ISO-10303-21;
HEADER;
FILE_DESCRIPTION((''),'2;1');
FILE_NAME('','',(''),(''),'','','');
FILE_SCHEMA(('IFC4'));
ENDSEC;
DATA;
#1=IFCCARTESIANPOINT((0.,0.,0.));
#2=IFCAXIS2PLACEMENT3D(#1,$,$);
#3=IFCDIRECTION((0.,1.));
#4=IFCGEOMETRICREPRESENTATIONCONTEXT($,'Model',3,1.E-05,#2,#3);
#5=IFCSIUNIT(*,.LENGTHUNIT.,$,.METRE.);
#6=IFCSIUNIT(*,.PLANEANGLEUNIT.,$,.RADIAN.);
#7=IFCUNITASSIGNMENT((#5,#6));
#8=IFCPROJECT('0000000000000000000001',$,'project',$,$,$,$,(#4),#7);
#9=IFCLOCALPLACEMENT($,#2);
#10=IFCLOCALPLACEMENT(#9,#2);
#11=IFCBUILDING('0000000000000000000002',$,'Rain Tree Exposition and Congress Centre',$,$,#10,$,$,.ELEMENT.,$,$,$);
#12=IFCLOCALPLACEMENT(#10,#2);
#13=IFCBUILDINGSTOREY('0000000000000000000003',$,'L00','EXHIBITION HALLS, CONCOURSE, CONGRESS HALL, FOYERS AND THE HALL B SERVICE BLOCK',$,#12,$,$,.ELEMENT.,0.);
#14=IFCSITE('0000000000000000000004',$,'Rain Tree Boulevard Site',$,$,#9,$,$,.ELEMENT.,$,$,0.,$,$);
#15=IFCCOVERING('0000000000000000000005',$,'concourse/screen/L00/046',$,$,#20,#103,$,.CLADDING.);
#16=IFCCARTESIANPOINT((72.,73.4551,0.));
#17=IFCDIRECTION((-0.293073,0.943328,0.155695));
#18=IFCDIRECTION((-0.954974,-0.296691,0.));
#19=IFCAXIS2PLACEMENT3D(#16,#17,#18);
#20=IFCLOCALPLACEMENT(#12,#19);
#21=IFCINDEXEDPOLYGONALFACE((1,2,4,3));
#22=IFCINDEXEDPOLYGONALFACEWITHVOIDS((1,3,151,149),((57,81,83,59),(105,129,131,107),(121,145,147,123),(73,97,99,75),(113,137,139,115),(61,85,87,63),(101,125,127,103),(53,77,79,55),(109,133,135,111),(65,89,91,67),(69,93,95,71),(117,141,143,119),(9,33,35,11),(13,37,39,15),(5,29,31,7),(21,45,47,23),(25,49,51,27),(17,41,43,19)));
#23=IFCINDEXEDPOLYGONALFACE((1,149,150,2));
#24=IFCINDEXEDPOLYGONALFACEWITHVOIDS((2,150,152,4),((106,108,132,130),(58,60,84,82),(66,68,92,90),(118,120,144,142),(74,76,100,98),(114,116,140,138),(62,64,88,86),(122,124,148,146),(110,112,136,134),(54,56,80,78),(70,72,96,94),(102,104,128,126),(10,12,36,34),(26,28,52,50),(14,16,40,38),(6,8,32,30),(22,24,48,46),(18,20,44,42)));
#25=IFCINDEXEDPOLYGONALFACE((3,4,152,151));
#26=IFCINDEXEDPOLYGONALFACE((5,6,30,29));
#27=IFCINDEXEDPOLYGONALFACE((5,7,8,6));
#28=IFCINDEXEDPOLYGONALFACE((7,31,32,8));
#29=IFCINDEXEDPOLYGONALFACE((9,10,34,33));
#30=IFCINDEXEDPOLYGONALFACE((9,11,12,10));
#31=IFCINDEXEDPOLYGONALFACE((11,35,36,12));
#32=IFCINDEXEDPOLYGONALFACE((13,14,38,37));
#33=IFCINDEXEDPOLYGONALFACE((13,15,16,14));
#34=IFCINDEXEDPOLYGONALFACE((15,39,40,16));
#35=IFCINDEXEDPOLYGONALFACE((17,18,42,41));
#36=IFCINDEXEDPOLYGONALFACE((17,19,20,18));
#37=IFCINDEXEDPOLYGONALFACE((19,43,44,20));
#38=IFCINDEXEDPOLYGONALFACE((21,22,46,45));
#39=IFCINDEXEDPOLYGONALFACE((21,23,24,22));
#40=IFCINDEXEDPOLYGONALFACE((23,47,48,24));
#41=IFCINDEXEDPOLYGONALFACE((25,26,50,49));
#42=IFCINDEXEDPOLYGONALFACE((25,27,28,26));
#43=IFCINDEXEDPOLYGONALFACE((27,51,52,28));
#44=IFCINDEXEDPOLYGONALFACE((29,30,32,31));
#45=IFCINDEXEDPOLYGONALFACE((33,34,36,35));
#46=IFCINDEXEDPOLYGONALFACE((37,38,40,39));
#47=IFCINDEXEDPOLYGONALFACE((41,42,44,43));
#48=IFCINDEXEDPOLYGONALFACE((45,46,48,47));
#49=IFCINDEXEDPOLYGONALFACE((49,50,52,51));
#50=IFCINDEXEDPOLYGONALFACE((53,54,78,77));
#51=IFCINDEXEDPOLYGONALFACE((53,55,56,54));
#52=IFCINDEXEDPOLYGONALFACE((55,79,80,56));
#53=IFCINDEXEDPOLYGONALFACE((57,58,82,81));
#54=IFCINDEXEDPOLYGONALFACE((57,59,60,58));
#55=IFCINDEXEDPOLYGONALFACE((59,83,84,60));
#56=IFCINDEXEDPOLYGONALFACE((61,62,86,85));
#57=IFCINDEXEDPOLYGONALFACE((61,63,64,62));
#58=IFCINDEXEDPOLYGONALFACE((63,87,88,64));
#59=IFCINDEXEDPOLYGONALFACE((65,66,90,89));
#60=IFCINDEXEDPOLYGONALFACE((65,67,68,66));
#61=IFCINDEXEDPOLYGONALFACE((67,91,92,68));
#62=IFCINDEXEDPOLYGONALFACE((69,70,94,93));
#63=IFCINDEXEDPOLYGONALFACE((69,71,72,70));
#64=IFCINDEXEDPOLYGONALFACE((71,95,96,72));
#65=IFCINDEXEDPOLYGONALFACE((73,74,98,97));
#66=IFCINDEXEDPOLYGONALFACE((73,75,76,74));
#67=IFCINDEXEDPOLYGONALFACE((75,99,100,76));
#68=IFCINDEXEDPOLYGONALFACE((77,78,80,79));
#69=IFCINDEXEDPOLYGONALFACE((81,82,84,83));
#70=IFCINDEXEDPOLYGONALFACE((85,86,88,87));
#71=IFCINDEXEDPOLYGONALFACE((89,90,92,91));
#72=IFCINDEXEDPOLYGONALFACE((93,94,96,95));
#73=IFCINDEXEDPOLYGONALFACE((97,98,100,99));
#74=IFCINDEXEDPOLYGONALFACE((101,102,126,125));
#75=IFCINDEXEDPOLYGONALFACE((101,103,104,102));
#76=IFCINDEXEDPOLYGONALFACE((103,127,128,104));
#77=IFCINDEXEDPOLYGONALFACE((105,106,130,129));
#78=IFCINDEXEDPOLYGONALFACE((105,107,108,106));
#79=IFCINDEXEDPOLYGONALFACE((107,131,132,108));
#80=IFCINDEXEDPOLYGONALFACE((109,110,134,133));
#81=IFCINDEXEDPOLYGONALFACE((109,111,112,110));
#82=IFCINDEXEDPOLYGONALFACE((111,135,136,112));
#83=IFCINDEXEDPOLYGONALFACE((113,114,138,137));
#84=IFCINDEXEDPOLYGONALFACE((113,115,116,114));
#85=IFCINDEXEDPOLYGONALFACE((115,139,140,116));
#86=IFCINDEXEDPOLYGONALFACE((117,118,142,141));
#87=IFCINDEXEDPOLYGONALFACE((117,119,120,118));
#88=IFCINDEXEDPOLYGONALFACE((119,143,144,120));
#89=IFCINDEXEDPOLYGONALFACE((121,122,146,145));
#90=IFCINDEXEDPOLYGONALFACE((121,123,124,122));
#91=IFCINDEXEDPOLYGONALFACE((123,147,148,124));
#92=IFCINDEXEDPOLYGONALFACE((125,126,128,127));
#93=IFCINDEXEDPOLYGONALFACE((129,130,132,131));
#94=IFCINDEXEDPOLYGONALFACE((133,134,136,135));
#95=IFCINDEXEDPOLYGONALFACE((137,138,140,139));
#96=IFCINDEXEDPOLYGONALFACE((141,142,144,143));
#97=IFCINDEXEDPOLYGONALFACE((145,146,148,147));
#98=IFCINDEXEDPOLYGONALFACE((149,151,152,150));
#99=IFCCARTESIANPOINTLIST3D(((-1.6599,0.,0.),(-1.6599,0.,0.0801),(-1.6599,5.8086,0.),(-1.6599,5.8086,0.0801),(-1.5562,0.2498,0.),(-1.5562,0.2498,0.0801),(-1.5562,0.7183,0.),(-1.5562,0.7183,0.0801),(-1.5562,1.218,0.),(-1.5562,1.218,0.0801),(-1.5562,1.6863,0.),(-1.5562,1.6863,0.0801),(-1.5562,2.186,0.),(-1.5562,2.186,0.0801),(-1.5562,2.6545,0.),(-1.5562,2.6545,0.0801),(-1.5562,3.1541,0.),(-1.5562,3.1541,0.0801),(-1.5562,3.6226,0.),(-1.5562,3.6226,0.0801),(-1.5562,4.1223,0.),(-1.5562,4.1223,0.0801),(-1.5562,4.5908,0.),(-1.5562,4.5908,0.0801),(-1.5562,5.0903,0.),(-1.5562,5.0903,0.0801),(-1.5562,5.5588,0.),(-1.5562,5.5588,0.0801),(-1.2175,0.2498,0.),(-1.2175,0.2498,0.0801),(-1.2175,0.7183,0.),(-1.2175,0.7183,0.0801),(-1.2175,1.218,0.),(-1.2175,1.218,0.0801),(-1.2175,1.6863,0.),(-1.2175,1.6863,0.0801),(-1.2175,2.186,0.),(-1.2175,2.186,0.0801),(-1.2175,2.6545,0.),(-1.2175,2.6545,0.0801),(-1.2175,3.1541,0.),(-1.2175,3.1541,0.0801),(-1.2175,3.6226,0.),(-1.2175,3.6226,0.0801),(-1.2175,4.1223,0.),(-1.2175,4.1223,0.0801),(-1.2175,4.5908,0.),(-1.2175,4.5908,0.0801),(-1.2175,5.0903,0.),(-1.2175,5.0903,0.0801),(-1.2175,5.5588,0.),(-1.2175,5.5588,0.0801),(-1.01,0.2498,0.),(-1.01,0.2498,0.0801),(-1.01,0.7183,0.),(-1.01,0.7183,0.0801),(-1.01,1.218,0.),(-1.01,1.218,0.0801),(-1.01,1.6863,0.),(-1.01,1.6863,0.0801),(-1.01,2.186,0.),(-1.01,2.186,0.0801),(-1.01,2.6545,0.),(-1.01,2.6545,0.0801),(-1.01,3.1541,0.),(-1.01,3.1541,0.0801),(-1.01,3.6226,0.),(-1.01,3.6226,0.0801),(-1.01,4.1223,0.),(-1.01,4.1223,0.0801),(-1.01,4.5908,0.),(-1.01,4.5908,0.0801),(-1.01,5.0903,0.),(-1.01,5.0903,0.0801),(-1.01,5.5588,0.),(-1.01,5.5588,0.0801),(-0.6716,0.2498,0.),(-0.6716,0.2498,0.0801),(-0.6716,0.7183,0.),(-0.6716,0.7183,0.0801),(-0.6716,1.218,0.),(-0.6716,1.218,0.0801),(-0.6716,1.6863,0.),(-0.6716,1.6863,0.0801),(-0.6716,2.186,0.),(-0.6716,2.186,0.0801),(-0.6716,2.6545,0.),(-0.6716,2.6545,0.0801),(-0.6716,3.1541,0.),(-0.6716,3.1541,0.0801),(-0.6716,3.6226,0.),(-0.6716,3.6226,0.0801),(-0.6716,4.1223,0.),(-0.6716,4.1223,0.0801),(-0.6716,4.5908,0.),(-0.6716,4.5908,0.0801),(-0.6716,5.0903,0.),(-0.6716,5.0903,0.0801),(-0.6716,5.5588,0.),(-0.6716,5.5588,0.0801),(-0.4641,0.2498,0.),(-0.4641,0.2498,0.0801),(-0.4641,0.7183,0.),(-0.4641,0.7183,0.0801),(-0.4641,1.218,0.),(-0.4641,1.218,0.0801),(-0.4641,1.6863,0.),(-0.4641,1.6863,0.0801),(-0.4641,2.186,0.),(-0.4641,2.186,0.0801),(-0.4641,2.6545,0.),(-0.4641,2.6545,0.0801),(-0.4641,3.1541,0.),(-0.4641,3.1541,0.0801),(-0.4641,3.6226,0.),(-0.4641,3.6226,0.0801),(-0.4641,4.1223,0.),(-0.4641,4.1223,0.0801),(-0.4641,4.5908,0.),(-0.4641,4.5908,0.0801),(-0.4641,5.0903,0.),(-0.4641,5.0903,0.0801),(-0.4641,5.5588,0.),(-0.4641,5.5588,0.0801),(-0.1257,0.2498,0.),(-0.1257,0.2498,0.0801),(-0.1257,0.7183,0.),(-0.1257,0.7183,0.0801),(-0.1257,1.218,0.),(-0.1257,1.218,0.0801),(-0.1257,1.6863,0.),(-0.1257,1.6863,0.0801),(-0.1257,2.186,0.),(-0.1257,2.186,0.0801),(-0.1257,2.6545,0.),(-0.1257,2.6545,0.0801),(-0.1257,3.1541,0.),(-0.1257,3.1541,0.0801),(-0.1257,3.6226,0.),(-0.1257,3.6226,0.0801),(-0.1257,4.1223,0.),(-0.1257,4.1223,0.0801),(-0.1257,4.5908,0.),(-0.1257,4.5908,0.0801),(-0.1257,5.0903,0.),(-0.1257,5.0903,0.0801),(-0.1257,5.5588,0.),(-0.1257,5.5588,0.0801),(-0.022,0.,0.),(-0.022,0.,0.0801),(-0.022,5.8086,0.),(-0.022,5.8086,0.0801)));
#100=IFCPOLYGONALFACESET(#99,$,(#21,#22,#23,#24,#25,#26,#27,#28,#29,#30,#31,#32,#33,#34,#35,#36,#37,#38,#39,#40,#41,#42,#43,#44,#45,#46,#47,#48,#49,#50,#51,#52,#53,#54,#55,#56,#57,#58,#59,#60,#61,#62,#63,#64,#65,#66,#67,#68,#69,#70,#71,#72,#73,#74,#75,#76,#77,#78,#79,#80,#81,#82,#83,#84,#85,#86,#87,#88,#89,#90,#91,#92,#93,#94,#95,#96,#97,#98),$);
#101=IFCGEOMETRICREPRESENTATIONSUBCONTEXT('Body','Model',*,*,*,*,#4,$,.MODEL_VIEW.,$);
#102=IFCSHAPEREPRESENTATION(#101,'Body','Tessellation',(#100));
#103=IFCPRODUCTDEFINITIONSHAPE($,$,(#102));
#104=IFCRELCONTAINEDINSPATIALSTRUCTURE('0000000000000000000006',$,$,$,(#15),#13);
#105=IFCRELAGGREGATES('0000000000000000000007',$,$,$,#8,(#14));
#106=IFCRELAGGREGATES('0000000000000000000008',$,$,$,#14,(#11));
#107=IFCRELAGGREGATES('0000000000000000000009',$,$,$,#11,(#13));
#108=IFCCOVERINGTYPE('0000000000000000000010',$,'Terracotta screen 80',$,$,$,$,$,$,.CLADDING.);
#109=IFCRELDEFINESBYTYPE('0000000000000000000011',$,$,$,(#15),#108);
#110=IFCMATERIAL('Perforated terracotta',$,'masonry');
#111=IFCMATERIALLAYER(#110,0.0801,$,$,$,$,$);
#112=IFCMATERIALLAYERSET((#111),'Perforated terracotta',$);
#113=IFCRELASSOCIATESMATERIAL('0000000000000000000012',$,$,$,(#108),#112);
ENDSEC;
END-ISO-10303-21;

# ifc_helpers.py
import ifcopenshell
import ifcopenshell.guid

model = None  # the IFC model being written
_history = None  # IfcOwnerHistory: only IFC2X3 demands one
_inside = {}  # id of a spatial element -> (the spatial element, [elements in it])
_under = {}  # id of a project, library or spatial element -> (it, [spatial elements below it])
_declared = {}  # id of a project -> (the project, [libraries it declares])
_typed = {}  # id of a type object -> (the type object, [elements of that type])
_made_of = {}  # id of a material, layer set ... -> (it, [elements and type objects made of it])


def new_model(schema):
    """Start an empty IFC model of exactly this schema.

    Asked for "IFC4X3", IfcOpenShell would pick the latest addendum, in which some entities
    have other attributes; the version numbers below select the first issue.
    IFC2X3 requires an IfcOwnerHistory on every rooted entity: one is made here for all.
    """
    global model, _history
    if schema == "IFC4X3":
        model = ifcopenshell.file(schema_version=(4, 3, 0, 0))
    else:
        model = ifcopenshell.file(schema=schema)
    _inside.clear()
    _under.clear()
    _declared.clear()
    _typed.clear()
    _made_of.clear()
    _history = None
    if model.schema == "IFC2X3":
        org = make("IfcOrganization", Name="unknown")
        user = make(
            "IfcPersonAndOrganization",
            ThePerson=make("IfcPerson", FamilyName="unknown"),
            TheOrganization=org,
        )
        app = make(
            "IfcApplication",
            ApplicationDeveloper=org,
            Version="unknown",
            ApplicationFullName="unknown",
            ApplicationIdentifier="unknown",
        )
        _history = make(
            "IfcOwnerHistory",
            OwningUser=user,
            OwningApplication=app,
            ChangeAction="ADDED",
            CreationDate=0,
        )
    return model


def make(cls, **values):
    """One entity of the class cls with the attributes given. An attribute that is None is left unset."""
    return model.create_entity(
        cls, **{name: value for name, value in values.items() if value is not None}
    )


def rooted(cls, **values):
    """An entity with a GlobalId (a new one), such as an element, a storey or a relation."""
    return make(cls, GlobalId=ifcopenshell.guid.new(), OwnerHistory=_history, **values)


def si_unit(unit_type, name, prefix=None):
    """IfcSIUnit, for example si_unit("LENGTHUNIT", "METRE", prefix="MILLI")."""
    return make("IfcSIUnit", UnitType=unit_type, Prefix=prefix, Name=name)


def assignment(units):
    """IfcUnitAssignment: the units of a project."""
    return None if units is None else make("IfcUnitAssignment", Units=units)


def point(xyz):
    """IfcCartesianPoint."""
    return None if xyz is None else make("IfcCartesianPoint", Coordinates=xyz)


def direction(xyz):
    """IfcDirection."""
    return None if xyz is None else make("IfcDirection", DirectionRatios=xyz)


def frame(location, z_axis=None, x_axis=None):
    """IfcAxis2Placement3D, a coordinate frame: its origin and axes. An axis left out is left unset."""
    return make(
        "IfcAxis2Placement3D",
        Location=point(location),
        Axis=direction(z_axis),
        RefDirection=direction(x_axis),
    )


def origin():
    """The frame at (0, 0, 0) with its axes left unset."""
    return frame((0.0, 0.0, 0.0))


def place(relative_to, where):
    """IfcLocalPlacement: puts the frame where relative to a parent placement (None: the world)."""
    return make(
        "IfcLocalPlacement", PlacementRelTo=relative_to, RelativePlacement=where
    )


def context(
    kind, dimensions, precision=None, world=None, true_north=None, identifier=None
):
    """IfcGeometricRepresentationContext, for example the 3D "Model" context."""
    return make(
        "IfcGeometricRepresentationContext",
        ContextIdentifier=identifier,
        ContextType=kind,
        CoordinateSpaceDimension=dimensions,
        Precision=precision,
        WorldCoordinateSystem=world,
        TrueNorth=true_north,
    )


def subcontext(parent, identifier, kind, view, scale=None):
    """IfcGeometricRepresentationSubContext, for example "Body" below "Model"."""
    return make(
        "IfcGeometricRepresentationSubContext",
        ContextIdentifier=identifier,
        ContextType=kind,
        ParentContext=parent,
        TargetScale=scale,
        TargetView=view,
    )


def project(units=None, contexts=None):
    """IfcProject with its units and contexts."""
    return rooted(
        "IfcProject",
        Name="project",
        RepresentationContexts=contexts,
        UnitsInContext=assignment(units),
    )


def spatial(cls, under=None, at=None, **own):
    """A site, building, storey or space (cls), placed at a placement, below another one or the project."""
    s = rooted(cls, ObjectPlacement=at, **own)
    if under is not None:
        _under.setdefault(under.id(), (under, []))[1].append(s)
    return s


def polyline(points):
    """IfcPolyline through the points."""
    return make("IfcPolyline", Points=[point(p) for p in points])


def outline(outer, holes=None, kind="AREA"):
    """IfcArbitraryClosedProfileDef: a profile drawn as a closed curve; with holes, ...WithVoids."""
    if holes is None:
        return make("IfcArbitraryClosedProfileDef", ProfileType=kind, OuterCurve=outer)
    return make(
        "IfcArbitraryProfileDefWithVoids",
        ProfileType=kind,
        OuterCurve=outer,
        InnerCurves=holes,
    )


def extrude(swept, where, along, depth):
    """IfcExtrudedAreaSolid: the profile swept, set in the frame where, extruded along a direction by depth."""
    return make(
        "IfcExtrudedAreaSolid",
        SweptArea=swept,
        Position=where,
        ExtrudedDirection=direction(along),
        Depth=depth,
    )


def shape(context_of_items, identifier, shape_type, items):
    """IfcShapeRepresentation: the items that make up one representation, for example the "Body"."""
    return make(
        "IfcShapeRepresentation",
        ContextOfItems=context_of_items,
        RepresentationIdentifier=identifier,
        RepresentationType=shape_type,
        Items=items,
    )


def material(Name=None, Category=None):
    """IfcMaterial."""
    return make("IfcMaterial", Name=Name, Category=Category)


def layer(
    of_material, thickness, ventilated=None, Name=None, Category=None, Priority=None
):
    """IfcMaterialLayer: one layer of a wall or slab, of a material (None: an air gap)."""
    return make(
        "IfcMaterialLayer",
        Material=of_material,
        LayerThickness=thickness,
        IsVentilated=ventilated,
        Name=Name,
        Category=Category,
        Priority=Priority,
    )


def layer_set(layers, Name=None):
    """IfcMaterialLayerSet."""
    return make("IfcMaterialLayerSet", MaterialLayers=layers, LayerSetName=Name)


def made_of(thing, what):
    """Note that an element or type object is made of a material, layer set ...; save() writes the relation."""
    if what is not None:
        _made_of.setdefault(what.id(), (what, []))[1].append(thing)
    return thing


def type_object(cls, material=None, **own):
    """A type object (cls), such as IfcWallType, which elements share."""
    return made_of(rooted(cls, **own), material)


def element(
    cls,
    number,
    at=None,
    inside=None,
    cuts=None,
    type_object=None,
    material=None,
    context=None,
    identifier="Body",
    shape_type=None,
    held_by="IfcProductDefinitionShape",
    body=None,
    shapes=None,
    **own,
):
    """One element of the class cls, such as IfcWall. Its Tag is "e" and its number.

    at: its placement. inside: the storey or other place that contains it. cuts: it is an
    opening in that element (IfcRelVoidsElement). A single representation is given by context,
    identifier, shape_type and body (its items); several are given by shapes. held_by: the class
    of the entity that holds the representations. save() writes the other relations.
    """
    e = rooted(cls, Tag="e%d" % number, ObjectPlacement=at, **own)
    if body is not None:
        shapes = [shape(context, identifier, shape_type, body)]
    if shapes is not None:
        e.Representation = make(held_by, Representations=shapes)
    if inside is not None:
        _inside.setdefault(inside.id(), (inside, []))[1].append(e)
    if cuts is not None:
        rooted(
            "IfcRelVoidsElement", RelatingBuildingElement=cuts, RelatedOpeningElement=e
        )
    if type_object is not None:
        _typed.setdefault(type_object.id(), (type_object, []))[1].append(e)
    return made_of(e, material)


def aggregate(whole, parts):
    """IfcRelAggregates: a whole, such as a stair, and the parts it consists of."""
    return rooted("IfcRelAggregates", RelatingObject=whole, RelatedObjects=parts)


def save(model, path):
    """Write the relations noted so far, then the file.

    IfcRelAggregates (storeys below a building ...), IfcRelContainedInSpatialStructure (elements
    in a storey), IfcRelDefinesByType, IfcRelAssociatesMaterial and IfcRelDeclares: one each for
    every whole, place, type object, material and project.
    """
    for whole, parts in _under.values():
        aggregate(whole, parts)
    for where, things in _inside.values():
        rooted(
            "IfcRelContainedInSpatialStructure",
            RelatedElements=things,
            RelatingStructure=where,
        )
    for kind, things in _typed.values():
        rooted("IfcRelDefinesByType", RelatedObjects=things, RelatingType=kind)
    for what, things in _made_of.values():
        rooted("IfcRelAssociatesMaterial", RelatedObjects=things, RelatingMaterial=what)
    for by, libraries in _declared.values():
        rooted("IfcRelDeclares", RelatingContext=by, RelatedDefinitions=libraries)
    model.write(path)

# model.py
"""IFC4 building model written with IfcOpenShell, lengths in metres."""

from ifc_helpers import new_model, si_unit, direction, frame, origin, place, context, subcontext, project, spatial, polyline, outline, extrude, material, layer, layer_set, type_object, element, save


model = new_model("IFC4")

# Units and contexts
model_context = context("Model", 3, precision=1e-05, world=origin(), true_north=direction((0.0, 1.0)))
body_context = subcontext(model_context, "Body", "Model", "MODEL_VIEW")
ifc_project = project(units=[si_unit("LENGTHUNIT", "METRE"), si_unit("PLANEANGLEUNIT", "RADIAN")], contexts=[model_context])

# Site, building, storey
site_placement = place(None, origin())
site = spatial("IfcSite", under=ifc_project, at=site_placement, Name="Rain Tree Boulevard Site", CompositionType="ELEMENT", RefElevation=0.0)
building_placement = place(site_placement, origin())
building = spatial("IfcBuilding", under=site, at=building_placement, Name="Rain Tree Exposition and Congress Centre", CompositionType="ELEMENT")
storey_placement = place(building_placement, origin())
storey = spatial("IfcBuildingStorey", under=building, at=storey_placement, Name="L00", Description="EXHIBITION HALLS, CONCOURSE, CONGRESS HALL, FOYERS AND THE HALL B SERVICE BLOCK", CompositionType="ELEMENT", Elevation=0.0)

# Covering
ifc_material_1 = material(Name="Perforated terracotta", Category="masonry")
ifc_layer_1 = layer(ifc_material_1, 0.0801)
ifc_layer_set_1 = layer_set([ifc_layer_1], Name="Perforated terracotta")
covering_type = type_object("IfcCoveringType", Name="Terracotta screen 80", PredefinedType="CLADDING", material=ifc_layer_set_1)
covering_1_placement = place(storey_placement, frame((72.0, 73.4551, 0.0), z_axis=(-0.293073, 0.943328, 0.155695), x_axis=(-0.954974, -0.296691, 0.0)))
element("IfcCovering", 1, at=covering_1_placement, inside=storey, type_object=covering_type, Name="concourse/screen/L00/046", PredefinedType="CLADDING", context=body_context, shape_type="SweptSolid", body=[
    extrude(outline(polyline([(-0.022, 0.0), (-1.6599, 0.0), (-1.6599, 5.8086), (-0.022, 5.8086), (-0.022, 0.0)]), holes=[polyline([(-0.1257, 0.2498), (-0.1257, 0.7183), (-0.4641, 0.7183), (-0.4641, 0.2498), (-0.1257, 0.2498)]), polyline([(-0.1257, 1.218), (-0.1257, 1.6863), (-0.4641, 1.6863), (-0.4641, 1.218), (-0.1257, 1.218)]), polyline([(-0.1257, 2.186), (-0.1257, 2.6545), (-0.4641, 2.6545), (-0.4641, 2.186), (-0.1257, 2.186)]), polyline([(-0.1257, 3.1541), (-0.1257, 3.6226), (-0.4641, 3.6226), (-0.4641, 3.1541), (-0.1257, 3.1541)]), polyline([(-0.1257, 4.1223), (-0.1257, 4.5908), (-0.4641, 4.5908), (-0.4641, 4.1223), (-0.1257, 4.1223)]), polyline([(-0.1257, 5.0903), (-0.1257, 5.5588), (-0.4641, 5.5588), (-0.4641, 5.0903), (-0.1257, 5.0903)]), polyline([(-0.6716, 0.2498), (-0.6716, 0.7183), (-1.01, 0.7183), (-1.01, 0.2498), (-0.6716, 0.2498)]), polyline([(-0.6716, 1.218), (-0.6716, 1.6863), (-1.01, 1.6863), (-1.01, 1.218), (-0.6716, 1.218)]), polyline([(-0.6716, 2.186), (-0.6716, 2.6545), (-1.01, 2.6545), (-1.01, 2.186), (-0.6716, 2.186)]), polyline([(-0.6716, 3.1541), (-0.6716, 3.6226), (-1.01, 3.6226), (-1.01, 3.1541), (-0.6716, 3.1541)]), polyline([(-0.6716, 4.1223), (-0.6716, 4.5908), (-1.01, 4.5908), (-1.01, 4.1223), (-0.6716, 4.1223)]), polyline([(-0.6716, 5.0903), (-0.6716, 5.5588), (-1.01, 5.5588), (-1.01, 5.0903), (-0.6716, 5.0903)]), polyline([(-1.2175, 0.2498), (-1.2175, 0.7183), (-1.5562, 0.7183), (-1.5562, 0.2498), (-1.2175, 0.2498)]), polyline([(-1.2175, 1.218), (-1.2175, 1.6863), (-1.5562, 1.6863), (-1.5562, 1.218), (-1.2175, 1.218)]), polyline([(-1.2175, 2.186), (-1.2175, 2.6545), (-1.5562, 2.6545), (-1.5562, 2.186), (-1.2175, 2.186)]), polyline([(-1.2175, 3.1541), (-1.2175, 3.6226), (-1.5562, 3.6226), (-1.5562, 3.1541), (-1.2175, 3.1541)]), polyline([(-1.2175, 4.1223), (-1.2175, 4.5908), (-1.5562, 4.5908), (-1.5562, 4.1223), (-1.2175, 4.1223)]), polyline([(-1.2175, 5.0903), (-1.2175, 5.5588), (-1.5562, 5.5588), (-1.5562, 5.0903), (-1.2175, 5.0903)])]), origin(), (0.0, 0.0, 1.0), 0.0801),
])

save(model, "model.ifc")
